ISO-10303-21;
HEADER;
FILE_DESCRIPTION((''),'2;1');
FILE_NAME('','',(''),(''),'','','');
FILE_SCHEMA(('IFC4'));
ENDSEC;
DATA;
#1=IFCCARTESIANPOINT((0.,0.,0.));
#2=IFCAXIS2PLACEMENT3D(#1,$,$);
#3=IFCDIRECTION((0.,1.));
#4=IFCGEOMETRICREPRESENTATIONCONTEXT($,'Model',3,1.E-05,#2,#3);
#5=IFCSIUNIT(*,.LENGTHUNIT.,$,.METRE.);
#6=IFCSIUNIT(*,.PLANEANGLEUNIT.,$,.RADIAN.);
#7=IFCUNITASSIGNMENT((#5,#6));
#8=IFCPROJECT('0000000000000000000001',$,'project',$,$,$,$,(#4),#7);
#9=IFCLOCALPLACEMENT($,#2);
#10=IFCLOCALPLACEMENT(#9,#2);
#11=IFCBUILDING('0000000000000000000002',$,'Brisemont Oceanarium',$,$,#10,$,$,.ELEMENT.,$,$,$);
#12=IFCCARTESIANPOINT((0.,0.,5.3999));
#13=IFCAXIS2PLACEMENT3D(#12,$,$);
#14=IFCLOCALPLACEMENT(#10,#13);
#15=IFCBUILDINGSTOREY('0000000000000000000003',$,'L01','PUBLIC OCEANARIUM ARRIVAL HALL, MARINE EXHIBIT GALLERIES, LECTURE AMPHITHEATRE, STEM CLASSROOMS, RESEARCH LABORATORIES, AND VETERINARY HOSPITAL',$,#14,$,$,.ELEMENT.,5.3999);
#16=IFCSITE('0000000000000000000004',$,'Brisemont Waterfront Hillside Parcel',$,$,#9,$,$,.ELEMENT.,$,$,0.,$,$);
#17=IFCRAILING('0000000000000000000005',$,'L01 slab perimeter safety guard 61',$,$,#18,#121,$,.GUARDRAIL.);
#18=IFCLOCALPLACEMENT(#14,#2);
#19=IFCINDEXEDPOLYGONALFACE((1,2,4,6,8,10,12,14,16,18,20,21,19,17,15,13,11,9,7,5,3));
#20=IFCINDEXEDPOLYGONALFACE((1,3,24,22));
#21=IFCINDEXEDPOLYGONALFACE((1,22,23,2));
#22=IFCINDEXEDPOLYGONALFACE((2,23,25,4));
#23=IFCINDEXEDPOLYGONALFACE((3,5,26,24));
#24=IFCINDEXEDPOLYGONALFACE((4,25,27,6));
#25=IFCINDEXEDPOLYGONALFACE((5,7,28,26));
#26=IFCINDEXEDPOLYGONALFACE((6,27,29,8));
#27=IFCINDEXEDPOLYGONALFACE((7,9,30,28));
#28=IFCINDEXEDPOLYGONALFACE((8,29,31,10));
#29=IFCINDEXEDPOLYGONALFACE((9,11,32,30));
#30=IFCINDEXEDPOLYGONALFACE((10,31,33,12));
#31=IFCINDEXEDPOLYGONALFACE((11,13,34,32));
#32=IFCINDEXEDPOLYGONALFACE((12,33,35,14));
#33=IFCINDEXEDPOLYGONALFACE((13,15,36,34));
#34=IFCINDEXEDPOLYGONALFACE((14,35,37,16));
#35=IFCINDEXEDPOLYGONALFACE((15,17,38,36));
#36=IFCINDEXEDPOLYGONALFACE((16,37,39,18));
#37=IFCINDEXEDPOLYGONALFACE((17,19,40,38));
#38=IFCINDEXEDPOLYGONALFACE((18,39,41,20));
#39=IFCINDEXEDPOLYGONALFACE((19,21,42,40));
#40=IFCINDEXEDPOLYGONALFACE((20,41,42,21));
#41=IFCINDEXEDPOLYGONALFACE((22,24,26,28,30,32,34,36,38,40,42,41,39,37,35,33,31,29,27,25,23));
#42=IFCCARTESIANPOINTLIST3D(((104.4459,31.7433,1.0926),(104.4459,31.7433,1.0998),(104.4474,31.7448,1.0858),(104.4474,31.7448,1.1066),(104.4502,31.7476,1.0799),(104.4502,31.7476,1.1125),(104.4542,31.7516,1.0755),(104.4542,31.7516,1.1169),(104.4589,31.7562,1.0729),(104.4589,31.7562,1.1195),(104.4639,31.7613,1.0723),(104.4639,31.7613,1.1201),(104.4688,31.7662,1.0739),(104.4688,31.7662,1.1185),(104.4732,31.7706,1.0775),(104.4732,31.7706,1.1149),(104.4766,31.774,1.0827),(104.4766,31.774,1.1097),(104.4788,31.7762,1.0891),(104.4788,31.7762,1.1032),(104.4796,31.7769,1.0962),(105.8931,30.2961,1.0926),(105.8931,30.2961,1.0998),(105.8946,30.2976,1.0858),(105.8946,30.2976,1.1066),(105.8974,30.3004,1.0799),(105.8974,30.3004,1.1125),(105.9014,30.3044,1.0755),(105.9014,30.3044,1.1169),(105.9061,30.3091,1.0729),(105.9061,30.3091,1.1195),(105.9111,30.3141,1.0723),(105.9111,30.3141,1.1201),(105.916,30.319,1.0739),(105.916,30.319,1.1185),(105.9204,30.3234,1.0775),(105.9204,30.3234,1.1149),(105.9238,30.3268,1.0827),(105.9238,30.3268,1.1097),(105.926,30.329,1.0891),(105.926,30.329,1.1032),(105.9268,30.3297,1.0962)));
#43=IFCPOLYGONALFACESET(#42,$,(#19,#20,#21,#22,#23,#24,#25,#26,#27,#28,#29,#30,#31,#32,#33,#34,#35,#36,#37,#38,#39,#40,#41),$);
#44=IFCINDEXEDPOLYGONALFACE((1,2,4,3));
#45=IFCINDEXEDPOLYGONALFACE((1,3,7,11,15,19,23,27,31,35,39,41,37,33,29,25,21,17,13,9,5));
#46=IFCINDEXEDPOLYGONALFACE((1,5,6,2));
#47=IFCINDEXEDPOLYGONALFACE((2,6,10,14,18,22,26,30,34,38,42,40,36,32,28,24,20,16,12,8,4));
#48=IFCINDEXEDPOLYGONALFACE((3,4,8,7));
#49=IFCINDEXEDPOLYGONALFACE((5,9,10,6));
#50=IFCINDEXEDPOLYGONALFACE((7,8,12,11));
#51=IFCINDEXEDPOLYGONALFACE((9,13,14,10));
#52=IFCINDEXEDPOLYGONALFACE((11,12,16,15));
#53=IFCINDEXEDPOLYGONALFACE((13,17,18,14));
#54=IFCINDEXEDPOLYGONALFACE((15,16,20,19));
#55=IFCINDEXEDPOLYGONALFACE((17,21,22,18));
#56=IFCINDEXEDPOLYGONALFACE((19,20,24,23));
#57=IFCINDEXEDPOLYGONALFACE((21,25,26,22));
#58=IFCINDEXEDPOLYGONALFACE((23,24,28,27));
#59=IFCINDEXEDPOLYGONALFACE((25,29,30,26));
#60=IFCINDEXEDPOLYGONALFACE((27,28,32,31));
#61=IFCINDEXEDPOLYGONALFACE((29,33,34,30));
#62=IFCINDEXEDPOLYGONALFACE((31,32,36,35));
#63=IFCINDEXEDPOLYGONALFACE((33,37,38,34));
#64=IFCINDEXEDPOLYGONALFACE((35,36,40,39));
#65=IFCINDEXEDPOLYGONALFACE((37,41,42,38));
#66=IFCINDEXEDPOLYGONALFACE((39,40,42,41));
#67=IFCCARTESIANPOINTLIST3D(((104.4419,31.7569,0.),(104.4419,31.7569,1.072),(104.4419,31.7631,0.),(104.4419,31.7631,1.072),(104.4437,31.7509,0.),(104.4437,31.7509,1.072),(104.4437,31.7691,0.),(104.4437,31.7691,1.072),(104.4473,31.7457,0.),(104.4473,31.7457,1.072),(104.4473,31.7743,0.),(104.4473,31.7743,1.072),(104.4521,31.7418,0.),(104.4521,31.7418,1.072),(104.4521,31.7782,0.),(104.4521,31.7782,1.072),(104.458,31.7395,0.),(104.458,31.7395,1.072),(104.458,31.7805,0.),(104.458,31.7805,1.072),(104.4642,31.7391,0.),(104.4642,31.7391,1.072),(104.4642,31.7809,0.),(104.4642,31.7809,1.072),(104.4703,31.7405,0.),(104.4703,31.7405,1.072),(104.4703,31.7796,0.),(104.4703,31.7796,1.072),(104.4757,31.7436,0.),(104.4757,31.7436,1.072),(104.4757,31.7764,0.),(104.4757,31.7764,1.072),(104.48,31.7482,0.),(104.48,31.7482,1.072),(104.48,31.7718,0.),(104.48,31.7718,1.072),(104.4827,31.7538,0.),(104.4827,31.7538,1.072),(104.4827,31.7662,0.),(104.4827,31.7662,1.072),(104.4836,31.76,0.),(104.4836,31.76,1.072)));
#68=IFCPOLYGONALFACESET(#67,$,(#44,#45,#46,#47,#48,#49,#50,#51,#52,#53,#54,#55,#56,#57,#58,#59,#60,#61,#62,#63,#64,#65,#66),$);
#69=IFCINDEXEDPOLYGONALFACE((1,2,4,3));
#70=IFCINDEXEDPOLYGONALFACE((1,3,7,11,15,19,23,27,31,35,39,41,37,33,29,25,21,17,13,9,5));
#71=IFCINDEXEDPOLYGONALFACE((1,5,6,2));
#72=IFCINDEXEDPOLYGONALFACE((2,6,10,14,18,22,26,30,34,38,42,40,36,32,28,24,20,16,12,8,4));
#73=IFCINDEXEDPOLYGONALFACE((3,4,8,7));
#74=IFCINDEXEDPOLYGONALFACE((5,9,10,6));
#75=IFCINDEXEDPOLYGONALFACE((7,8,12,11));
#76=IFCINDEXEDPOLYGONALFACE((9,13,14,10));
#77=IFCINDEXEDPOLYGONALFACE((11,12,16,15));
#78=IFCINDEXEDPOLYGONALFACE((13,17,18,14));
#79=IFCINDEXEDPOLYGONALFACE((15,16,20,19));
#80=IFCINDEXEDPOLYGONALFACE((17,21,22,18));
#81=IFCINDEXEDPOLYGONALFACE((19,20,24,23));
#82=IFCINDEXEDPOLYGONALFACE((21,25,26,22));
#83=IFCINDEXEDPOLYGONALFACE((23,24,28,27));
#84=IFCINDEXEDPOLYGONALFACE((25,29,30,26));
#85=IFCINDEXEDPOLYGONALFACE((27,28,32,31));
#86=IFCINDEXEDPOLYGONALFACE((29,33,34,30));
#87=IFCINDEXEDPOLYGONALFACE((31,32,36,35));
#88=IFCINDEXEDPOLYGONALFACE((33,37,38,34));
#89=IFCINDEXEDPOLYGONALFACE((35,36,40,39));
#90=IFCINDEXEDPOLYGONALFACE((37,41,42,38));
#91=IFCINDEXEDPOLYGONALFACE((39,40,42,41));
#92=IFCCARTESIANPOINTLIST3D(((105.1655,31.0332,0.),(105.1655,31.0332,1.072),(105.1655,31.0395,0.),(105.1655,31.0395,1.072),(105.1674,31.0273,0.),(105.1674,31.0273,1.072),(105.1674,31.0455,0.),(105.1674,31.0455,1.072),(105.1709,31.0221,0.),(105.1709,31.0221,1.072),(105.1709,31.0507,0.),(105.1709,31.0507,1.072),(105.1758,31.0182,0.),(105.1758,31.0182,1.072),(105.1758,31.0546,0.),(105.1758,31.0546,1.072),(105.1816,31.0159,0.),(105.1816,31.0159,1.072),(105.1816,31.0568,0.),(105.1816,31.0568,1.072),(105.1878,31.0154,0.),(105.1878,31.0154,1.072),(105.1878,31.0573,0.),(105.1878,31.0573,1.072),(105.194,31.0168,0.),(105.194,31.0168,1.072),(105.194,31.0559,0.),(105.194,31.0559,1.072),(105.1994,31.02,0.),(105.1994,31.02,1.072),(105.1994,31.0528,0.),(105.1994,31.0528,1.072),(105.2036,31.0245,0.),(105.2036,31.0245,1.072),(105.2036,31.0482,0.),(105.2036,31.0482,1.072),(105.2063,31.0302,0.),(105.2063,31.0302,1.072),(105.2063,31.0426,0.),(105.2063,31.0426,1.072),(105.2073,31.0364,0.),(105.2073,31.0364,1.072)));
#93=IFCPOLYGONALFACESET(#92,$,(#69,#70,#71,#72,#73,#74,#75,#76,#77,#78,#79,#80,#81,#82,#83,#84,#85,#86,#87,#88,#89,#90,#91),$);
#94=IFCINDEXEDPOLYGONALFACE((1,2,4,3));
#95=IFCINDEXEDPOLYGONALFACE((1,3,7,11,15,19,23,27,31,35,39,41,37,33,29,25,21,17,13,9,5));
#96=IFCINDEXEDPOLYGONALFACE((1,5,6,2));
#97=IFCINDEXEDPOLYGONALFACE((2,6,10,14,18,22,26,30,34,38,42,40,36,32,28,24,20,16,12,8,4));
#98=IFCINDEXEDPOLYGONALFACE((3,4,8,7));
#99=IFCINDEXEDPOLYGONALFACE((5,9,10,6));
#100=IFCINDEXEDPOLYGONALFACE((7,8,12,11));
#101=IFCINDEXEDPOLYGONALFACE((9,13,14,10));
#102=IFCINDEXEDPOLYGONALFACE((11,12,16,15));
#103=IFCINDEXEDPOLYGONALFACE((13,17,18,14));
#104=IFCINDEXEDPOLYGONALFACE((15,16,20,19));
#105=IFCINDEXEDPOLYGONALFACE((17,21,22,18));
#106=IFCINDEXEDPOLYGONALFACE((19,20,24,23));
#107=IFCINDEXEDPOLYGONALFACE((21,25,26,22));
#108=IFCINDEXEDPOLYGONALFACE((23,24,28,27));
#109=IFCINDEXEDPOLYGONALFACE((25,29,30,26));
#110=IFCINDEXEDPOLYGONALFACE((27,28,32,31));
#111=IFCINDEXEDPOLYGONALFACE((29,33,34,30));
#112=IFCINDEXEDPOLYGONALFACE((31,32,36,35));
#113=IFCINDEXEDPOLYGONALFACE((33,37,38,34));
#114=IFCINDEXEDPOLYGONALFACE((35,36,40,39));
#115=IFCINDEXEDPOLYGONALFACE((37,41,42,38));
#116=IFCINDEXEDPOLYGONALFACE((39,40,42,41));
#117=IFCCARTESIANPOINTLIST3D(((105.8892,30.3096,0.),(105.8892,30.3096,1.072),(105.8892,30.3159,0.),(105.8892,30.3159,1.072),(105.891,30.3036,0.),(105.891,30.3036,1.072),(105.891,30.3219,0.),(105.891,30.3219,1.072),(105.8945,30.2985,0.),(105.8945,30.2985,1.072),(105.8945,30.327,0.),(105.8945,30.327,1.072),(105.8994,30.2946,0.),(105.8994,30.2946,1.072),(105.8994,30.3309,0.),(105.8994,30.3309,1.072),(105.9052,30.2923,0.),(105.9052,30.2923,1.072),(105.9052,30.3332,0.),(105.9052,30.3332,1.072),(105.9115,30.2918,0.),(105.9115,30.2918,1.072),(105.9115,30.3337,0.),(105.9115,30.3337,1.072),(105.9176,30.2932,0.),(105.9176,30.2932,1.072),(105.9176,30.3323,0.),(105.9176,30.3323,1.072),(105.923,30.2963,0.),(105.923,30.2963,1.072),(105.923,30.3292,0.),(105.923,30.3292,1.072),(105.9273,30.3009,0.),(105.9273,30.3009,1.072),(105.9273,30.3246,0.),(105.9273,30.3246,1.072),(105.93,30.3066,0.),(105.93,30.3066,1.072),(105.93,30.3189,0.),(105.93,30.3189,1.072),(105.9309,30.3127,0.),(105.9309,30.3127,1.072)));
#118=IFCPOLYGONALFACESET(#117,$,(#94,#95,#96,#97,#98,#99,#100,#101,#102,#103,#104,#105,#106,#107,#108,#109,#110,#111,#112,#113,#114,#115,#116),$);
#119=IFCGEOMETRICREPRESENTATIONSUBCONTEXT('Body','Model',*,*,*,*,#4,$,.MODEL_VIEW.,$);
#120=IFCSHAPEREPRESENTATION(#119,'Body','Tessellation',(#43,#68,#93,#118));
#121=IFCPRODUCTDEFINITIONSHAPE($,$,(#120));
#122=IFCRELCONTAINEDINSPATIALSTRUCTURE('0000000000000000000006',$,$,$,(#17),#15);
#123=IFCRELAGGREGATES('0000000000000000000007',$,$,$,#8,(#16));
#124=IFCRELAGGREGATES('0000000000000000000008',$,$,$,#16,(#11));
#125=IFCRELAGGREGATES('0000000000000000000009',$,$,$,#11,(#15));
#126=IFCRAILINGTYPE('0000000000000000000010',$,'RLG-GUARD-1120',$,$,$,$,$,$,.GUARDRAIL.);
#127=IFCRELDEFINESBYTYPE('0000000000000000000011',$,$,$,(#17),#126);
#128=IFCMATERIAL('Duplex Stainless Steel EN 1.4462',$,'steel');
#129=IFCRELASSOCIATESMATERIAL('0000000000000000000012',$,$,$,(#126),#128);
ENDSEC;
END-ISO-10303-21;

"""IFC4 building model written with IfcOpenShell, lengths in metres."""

from ifc_helpers import new_model, si_unit, direction, frame, origin, origin_2d, place, context, subcontext, project, spatial, circle, extrude, material, type_object, element, save


model = new_model("IFC4")

# Units and contexts
model_context = context("Model", 3, precision=1e-05, world=origin(), true_north=direction((0.0, 1.0)))
body_context = subcontext(model_context, "Body", "Model", "MODEL_VIEW")
ifc_project = project(units=[si_unit("LENGTHUNIT", "METRE"), si_unit("PLANEANGLEUNIT", "RADIAN")], contexts=[model_context])

# Site, building, storey
site_placement = place(None, origin())
site = spatial("IfcSite", under=ifc_project, at=site_placement, Name="Brisemont Waterfront Hillside Parcel", CompositionType="ELEMENT", RefElevation=0.0)
building_placement = place(site_placement, origin())
building = spatial("IfcBuilding", under=site, at=building_placement, Name="Brisemont Oceanarium", CompositionType="ELEMENT")
storey_placement = place(building_placement, frame((0.0, 0.0, 5.3999)))
storey = spatial("IfcBuildingStorey", under=building, at=storey_placement, Name="L01", Description="PUBLIC OCEANARIUM ARRIVAL HALL, MARINE EXHIBIT GALLERIES, LECTURE AMPHITHEATRE, STEM CLASSROOMS, RESEARCH LABORATORIES, AND VETERINARY HOSPITAL", CompositionType="ELEMENT", Elevation=5.3999)

# Railing
ifc_material_1 = material(Name="Duplex Stainless Steel EN 1.4462", Category="steel")
railing_type_1 = type_object("IfcRailingType", Name="RLG-GUARD-1120", PredefinedType="GUARDRAIL", material=ifc_material_1)
railing_1_placement = place(storey_placement, frame((104.4626, 31.76, 0.0)))
element("IfcRailing", 1, at=railing_1_placement, inside=storey, type_object=railing_type_1, Name="L01 slab perimeter safety guard 61", PredefinedType="GUARDRAIL", context=body_context, shape_type="SweptSolid", body=[
    extrude(circle(Radius=0.0239, at=origin_2d()), frame((0.0, 0.0, 1.0962), z_axis=(0.707107, -0.707107, 0.0), x_axis=(0.707107, 0.707107, 0.0)), (0.0, 0.0, 1.0), 2.0466),
    extrude(circle(Radius=0.021, at=origin_2d()), origin(), (0.0, 0.0, 1.0), 1.072),
    extrude(circle(Radius=0.021, at=origin_2d()), frame((0.7236, -0.7236, 0.0)), (0.0, 0.0, 1.0), 1.072),
    extrude(circle(Radius=0.021, at=origin_2d()), frame((1.4473, -1.4473, 0.0)), (0.0, 0.0, 1.0), 1.072),
])

save(model, "model.ifc")
